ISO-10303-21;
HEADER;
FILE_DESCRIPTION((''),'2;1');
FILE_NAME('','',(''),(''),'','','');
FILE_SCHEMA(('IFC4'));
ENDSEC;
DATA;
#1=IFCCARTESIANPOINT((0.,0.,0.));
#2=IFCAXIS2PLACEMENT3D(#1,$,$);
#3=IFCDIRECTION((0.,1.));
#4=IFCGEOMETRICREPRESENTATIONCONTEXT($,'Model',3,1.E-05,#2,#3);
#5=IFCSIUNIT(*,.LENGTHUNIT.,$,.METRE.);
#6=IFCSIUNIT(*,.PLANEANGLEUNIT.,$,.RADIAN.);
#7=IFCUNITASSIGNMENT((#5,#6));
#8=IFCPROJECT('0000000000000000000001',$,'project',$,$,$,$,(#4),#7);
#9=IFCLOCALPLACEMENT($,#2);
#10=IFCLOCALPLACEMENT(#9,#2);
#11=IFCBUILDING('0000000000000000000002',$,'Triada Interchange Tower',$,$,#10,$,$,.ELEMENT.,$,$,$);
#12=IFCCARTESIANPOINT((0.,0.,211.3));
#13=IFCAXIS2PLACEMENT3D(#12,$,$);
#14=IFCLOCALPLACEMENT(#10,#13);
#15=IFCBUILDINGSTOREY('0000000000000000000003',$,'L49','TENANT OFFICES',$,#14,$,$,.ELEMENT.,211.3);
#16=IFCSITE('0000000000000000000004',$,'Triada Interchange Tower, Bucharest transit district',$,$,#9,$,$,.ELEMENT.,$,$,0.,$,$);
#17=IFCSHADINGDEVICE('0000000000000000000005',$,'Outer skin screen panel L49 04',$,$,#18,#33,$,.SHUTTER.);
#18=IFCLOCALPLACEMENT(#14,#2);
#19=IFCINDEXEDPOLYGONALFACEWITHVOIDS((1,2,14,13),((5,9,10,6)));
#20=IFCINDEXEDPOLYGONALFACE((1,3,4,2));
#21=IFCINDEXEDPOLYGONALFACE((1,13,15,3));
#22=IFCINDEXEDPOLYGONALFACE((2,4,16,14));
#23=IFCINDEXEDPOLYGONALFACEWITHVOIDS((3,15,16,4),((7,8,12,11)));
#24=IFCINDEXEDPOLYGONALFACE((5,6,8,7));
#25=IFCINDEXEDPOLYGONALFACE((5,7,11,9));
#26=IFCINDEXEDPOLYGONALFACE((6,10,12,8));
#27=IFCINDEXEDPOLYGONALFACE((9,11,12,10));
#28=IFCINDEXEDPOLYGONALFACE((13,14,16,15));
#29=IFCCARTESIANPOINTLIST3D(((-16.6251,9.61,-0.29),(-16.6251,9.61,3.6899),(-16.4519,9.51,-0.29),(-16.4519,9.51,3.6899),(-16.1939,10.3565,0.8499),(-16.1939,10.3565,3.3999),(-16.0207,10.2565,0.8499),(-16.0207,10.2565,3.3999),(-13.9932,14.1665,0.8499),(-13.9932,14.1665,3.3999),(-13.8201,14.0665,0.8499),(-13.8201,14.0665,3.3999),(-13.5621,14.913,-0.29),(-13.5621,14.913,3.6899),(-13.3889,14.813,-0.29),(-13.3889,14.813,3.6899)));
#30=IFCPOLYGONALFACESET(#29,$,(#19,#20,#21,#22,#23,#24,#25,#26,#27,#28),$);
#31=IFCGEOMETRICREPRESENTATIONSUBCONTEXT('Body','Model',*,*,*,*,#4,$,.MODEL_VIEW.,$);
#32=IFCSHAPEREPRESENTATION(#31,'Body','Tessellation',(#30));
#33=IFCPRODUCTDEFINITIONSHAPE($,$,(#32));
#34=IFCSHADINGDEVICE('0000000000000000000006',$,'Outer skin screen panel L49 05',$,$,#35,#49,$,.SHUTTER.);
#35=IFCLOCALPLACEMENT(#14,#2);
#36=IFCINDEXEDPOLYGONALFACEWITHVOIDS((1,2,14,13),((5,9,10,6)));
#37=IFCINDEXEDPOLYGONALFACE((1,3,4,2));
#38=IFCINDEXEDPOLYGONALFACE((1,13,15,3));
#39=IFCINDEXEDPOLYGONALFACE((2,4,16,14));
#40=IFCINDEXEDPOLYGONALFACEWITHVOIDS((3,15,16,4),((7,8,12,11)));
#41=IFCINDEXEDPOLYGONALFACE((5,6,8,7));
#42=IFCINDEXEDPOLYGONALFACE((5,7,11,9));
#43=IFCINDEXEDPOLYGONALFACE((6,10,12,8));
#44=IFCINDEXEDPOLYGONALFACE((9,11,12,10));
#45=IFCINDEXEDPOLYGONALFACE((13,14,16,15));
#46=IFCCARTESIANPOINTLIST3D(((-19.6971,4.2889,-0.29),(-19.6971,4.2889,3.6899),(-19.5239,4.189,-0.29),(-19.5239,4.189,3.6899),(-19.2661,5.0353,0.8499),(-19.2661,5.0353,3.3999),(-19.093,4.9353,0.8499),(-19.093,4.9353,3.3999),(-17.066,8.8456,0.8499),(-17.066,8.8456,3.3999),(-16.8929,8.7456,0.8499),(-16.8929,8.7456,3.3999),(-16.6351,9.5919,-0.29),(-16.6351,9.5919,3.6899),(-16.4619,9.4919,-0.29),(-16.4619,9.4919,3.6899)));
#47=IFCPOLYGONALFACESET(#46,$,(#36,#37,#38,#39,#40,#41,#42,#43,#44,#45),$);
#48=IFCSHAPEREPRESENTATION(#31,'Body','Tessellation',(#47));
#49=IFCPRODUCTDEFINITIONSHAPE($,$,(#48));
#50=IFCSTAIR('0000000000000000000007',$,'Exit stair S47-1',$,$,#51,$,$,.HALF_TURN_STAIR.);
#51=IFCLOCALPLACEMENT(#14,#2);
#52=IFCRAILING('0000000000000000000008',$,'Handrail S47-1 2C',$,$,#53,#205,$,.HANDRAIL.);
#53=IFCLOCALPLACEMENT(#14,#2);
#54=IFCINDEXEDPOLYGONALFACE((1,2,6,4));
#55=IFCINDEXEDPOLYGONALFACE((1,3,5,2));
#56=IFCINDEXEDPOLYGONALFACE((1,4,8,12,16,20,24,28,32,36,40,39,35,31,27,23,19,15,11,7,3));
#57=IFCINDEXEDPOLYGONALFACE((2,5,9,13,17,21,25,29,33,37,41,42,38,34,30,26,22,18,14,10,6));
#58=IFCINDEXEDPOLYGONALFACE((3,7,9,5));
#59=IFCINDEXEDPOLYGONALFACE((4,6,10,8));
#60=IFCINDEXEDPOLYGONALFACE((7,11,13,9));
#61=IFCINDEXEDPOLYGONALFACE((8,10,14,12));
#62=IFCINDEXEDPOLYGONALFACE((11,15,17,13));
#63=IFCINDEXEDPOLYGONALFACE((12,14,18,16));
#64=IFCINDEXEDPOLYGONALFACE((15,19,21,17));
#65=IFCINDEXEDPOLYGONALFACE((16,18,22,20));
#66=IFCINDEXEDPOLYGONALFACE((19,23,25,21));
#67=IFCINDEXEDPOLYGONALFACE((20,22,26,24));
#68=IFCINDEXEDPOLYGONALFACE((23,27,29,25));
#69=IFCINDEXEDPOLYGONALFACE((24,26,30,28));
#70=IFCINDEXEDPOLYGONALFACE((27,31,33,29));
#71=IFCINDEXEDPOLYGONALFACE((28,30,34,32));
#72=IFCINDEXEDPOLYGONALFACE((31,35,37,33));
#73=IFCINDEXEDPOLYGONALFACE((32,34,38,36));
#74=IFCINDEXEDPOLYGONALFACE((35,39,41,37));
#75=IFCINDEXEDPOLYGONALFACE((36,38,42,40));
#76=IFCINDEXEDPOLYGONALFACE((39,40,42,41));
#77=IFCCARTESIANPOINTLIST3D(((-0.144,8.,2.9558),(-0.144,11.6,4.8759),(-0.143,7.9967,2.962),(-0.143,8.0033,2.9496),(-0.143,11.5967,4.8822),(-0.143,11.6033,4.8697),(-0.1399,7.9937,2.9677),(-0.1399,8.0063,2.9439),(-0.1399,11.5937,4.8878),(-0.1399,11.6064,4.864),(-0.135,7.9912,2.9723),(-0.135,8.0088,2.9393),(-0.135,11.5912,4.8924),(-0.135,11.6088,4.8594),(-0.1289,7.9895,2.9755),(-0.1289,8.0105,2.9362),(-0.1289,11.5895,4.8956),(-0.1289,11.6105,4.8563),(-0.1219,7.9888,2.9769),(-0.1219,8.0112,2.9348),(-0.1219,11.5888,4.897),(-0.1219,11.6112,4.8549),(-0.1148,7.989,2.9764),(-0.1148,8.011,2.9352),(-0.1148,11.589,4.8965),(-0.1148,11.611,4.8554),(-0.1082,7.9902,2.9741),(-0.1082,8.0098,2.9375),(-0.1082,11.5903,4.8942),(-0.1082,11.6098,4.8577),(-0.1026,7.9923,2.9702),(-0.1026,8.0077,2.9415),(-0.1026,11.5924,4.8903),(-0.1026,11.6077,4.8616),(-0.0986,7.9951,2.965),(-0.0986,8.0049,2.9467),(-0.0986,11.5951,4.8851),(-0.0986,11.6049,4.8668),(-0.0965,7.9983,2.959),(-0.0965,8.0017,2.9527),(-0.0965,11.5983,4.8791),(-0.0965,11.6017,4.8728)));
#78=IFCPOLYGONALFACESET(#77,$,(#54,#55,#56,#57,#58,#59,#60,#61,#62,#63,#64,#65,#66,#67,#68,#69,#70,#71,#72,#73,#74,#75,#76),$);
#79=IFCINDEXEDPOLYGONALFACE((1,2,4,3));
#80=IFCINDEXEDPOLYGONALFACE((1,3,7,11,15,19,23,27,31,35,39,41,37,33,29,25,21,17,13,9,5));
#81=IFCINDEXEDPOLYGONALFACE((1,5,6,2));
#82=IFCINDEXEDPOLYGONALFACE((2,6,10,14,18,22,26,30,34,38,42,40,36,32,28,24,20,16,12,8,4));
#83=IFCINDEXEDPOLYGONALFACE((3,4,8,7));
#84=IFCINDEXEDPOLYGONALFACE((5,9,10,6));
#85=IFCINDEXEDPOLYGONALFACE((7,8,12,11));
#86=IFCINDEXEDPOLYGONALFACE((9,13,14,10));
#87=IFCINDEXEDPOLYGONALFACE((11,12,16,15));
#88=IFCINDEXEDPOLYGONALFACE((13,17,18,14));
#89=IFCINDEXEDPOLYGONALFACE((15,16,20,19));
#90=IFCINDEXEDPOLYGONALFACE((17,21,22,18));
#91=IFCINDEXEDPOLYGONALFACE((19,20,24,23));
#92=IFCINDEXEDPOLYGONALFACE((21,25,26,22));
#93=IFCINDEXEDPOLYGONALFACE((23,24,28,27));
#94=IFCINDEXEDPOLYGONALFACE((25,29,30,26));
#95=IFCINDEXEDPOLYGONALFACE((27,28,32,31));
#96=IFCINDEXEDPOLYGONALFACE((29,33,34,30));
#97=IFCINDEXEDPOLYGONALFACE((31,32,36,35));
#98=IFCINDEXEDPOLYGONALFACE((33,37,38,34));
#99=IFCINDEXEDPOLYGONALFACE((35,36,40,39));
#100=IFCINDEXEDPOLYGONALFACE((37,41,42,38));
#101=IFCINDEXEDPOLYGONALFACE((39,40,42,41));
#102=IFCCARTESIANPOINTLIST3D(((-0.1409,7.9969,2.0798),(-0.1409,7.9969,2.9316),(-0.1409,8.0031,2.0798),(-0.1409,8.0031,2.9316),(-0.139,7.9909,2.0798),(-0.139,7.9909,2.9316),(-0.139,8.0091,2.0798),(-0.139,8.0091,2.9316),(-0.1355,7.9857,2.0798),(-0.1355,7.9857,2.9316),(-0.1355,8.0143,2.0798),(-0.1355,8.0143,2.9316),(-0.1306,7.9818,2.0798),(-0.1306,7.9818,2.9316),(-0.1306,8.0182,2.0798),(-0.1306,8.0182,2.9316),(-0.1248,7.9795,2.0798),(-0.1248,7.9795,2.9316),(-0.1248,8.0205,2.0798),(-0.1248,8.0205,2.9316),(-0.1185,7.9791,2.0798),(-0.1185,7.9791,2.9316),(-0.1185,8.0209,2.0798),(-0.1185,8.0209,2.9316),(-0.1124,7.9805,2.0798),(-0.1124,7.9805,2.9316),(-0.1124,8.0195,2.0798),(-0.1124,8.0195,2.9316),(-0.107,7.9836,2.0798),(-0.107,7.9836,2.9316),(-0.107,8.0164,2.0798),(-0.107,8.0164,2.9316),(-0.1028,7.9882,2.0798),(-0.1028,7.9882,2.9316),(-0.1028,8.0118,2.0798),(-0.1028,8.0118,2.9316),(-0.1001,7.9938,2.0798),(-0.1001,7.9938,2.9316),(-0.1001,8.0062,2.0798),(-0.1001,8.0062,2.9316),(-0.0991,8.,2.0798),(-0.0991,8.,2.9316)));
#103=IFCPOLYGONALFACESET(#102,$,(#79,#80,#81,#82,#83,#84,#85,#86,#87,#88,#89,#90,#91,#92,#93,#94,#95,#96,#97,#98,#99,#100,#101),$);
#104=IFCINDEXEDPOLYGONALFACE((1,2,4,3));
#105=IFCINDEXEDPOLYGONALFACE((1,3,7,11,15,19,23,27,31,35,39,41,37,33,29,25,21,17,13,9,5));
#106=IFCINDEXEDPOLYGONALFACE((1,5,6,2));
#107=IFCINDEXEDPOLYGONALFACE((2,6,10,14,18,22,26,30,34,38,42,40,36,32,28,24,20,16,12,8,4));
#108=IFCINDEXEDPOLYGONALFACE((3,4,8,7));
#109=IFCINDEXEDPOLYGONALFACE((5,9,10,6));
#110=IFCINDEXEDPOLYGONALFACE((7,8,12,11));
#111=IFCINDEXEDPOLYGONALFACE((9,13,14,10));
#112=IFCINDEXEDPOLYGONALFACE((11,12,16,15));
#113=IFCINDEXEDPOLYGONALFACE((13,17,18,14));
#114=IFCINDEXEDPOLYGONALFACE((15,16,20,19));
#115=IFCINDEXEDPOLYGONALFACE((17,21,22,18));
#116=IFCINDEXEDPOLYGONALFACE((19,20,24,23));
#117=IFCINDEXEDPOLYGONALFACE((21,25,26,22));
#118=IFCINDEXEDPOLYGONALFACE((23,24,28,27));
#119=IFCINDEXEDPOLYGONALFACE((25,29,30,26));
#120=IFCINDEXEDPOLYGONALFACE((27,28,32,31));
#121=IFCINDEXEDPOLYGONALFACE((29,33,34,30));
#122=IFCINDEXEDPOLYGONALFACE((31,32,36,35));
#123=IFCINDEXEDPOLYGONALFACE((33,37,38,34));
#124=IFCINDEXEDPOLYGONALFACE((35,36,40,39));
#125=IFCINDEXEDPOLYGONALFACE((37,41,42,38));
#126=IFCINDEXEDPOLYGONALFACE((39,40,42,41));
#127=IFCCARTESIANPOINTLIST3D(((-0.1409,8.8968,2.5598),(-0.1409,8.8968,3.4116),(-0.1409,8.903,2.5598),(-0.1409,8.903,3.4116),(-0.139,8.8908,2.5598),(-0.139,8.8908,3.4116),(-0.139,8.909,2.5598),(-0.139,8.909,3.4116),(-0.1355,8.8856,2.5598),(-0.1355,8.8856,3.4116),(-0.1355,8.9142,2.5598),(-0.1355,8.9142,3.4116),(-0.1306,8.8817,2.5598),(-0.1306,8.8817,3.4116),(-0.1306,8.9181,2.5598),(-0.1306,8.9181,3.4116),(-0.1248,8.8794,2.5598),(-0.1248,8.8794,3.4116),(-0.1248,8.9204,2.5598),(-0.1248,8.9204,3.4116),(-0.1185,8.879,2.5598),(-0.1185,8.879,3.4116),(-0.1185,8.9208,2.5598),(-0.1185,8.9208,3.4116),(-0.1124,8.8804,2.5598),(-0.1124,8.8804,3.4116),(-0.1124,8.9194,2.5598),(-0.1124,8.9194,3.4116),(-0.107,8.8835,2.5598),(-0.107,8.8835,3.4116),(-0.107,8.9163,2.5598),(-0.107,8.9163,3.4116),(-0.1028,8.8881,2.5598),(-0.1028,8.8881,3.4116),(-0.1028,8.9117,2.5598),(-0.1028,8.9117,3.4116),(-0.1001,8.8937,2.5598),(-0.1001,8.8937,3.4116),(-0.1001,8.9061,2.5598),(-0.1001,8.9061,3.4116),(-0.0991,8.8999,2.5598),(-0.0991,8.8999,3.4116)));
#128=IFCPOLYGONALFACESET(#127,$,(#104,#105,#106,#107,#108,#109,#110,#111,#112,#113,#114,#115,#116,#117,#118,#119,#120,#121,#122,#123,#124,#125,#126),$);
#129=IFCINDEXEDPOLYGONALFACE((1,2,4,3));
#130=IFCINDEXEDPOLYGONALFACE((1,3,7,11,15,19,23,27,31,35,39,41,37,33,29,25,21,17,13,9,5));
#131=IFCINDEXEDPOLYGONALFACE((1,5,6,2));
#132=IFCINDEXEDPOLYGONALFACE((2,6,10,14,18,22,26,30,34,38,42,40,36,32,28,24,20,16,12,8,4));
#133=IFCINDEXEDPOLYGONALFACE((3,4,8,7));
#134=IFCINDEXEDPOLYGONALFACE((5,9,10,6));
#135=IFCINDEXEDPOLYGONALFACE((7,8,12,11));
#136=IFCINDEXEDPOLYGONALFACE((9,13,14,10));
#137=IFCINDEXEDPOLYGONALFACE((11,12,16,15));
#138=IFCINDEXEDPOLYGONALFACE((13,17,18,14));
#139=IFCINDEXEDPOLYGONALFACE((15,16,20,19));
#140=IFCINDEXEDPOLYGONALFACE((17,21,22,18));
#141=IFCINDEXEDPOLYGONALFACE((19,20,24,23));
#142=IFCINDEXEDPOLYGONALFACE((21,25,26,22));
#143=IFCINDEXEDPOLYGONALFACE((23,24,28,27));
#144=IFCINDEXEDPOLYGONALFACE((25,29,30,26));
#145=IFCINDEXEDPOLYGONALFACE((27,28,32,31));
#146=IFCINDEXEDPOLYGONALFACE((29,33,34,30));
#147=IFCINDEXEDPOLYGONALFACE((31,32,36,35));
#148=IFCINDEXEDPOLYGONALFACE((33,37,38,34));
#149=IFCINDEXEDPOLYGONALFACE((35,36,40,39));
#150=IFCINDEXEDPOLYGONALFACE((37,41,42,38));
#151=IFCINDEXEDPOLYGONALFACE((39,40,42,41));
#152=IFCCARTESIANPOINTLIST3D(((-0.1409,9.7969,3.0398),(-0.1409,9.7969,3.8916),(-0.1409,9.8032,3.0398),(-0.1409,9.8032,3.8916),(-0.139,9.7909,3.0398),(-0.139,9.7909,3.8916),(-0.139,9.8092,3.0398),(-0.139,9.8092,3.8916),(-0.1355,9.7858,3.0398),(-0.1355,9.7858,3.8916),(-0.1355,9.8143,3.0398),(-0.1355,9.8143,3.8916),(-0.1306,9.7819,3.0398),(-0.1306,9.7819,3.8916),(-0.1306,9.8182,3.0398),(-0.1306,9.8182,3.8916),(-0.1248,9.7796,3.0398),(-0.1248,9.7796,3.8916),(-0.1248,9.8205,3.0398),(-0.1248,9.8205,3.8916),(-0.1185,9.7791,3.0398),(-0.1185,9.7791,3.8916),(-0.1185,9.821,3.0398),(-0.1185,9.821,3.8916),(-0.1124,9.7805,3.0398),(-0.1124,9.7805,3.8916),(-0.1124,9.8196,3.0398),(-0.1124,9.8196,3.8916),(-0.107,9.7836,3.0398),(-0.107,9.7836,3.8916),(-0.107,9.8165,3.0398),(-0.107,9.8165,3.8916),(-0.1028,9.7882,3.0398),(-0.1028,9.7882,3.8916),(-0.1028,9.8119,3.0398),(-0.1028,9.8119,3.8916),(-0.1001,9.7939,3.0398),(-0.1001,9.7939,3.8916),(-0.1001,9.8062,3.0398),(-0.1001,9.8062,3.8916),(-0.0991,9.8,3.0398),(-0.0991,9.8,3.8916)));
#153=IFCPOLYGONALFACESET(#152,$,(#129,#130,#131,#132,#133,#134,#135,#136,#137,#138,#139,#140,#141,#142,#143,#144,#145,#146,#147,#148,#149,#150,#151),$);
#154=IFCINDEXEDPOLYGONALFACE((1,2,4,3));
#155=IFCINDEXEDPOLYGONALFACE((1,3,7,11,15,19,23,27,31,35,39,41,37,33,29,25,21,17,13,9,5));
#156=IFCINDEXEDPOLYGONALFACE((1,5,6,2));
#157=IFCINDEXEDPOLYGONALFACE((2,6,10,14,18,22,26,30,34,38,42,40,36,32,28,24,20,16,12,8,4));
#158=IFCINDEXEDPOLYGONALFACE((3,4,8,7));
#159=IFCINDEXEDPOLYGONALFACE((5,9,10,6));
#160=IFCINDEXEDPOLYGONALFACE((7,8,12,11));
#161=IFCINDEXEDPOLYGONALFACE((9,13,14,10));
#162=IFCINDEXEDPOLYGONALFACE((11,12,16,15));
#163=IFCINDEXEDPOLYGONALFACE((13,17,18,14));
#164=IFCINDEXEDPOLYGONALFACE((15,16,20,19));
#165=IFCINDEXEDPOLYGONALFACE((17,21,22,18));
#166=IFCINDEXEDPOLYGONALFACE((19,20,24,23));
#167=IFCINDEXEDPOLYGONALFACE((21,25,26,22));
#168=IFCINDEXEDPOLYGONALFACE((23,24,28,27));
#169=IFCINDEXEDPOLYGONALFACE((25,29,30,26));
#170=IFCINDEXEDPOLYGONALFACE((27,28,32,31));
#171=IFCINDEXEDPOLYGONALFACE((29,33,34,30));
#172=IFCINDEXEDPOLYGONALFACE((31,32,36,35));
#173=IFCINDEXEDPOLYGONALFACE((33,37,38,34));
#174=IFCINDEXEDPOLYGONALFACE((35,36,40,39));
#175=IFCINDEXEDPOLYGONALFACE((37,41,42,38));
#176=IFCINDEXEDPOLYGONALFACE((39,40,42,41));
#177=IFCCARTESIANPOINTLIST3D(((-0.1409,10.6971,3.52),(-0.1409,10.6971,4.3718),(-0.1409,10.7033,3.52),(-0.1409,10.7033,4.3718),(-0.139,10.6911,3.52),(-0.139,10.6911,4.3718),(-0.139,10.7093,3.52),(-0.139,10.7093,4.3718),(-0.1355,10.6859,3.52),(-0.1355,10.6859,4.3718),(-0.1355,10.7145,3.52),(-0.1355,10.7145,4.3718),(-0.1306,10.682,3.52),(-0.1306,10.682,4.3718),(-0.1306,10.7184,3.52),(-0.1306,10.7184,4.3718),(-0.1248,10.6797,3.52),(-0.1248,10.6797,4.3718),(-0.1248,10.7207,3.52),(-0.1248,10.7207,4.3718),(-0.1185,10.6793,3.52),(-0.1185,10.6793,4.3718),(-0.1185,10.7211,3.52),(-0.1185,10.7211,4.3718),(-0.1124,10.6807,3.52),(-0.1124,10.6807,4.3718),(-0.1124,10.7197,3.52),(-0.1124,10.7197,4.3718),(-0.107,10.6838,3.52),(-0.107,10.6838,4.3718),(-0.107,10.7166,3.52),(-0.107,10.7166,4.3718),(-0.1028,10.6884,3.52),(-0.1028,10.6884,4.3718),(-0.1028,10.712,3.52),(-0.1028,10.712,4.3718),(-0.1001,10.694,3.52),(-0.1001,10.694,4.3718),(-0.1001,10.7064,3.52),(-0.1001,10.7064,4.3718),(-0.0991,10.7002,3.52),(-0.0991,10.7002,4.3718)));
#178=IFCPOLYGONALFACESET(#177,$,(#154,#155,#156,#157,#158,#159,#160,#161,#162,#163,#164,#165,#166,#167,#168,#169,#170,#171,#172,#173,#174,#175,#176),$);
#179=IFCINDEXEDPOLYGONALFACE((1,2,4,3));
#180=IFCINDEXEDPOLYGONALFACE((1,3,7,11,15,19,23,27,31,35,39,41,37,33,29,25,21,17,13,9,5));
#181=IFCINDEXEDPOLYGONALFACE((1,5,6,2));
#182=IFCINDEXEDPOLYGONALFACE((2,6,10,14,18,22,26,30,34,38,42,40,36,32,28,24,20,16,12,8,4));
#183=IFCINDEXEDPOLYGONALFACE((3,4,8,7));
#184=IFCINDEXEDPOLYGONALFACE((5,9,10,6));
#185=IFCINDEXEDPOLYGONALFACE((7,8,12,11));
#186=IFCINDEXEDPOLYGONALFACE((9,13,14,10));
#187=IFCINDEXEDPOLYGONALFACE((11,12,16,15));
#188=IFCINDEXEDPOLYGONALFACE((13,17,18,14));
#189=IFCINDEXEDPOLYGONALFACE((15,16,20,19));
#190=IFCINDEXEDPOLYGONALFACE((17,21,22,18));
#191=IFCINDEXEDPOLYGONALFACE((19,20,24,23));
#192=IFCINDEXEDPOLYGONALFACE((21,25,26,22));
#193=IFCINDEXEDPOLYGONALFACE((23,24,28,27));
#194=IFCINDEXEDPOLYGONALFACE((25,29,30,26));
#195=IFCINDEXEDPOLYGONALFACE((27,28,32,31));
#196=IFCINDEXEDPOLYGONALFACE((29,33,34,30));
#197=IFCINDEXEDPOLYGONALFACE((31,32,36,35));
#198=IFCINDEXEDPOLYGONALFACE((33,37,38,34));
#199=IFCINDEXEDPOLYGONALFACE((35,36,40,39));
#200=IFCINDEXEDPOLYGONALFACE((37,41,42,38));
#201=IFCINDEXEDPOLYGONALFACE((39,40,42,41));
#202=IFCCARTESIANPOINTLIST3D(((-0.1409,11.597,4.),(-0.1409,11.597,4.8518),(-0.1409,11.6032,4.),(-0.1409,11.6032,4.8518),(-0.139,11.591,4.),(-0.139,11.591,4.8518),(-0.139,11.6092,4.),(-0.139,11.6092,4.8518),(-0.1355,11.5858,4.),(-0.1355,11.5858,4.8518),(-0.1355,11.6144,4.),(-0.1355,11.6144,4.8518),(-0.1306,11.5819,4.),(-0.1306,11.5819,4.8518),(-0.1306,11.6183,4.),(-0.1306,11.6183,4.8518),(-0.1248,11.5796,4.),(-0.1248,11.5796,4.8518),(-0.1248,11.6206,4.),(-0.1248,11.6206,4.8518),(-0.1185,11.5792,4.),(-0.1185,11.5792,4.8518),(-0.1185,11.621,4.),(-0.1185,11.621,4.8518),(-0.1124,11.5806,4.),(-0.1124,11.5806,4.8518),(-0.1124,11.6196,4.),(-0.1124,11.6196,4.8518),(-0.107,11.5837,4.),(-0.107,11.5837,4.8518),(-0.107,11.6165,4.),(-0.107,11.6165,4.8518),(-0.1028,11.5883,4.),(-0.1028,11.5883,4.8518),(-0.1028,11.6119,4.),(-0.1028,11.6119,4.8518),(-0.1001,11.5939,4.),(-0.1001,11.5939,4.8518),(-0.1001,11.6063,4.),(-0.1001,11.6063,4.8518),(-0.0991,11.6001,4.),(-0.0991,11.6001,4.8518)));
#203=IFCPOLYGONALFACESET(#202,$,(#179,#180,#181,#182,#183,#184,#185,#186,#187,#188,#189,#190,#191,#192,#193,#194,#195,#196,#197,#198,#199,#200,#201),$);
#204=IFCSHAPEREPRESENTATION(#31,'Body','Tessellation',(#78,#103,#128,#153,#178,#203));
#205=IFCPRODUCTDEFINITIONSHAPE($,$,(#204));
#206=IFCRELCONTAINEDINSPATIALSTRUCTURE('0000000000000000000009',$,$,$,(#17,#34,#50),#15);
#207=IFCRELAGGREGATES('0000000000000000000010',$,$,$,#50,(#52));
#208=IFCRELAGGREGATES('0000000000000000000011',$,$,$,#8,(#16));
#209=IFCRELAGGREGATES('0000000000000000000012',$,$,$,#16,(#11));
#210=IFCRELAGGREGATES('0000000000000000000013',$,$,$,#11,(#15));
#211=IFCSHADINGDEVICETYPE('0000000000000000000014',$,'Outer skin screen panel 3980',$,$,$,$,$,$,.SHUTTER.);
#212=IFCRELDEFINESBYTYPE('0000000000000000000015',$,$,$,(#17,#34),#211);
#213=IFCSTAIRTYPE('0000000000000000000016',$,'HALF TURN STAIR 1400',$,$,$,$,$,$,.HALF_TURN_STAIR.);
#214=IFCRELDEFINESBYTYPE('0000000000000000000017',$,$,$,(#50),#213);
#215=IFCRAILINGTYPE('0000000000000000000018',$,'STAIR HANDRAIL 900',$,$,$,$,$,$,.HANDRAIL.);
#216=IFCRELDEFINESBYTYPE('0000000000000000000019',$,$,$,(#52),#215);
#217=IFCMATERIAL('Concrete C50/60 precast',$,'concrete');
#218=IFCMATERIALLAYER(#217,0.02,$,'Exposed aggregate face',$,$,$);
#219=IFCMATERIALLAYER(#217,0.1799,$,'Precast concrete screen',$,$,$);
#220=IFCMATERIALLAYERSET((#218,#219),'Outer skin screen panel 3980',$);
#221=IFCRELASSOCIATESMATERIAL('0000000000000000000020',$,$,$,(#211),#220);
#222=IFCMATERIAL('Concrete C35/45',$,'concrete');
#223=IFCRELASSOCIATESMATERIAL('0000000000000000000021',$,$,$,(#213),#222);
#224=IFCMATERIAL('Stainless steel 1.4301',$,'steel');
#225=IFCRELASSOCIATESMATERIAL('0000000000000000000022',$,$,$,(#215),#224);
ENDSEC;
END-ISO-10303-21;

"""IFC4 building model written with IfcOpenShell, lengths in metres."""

from ifc_helpers import new_model, si_unit, direction, frame, origin, origin_2d, place, context, subcontext, project, spatial, polyline, circle, outline, extrude, material, layer, layer_set, type_object, element, aggregate, save


model = new_model("IFC4")

# Units and contexts
model_context = context("Model", 3, precision=1e-05, world=origin(), true_north=direction((0.0, 1.0)))
body_context = subcontext(model_context, "Body", "Model", "MODEL_VIEW")
ifc_project = project(units=[si_unit("LENGTHUNIT", "METRE"), si_unit("PLANEANGLEUNIT", "RADIAN")], contexts=[model_context])

# Site, building, storey
site_placement = place(None, origin())
site = spatial("IfcSite", under=ifc_project, at=site_placement, Name="Triada Interchange Tower, Bucharest transit district", CompositionType="ELEMENT", RefElevation=0.0)
building_placement = place(site_placement, origin())
building = spatial("IfcBuilding", under=site, at=building_placement, Name="Triada Interchange Tower", CompositionType="ELEMENT")
storey_placement = place(building_placement, frame((0.0, 0.0, 211.3)))
storey = spatial("IfcBuildingStorey", under=building, at=storey_placement, Name="L49", Description="TENANT OFFICES", CompositionType="ELEMENT", Elevation=211.3)

# Shading devices
ifc_material_1 = material(Name="Concrete C50/60 precast", Category="concrete")
ifc_layer_1 = layer(ifc_material_1, 0.02, Name="Exposed aggregate face")
ifc_layer_2 = layer(ifc_material_1, 0.1799, Name="Precast concrete screen")
ifc_layer_set_1 = layer_set([ifc_layer_1, ifc_layer_2], Name="Outer skin screen panel 3980")
shading_device_type = type_object("IfcShadingDeviceType", Name="Outer skin screen panel 3980", PredefinedType="SHUTTER", material=ifc_layer_set_1)
shading_device_1_placement = place(storey_placement, frame((-13.3889, 14.813, -0.29), z_axis=(0.0, 0.0, 1.0), x_axis=(-0.500161, -0.865933, 0.0)))
element("IfcShadingDevice", 1, at=shading_device_1_placement, inside=storey, type_object=shading_device_type, Name="Outer skin screen panel L49 04", PredefinedType="SHUTTER", context=body_context, shape_type="SweptSolid", body=[
    extrude(outline(polyline([(0.0, 0.0), (6.124, 0.0), (6.124, 3.98), (0.0, 3.98), (0.0, 0.0)]), holes=[polyline([(0.8621, 1.1399), (0.8621, 3.6899), (5.262, 3.6899), (5.262, 1.1399), (0.8621, 1.1399)])]), frame((0.0, 0.0, 0.0), z_axis=(0.0, -1.0, 0.0), x_axis=(1.0, 0.0, 0.0)), (0.0, 0.0, 1.0), 0.2),
])
shading_device_2_placement = place(storey_placement, frame((-16.4619, 9.4919, -0.29), z_axis=(0.0, 0.0, 1.0), x_axis=(-0.500041, -0.866002, 0.0)))
element("IfcShadingDevice", 2, at=shading_device_2_placement, inside=storey, type_object=shading_device_type, Name="Outer skin screen panel L49 05", PredefinedType="SHUTTER", context=body_context, shape_type="SweptSolid", body=[
    extrude(outline(polyline([(0.0, 0.0), (6.1235, 0.0), (6.1235, 3.98), (0.0, 3.98), (0.0, 0.0)]), holes=[polyline([(0.8618, 1.1399), (0.8618, 3.6899), (5.2617, 3.6899), (5.2617, 1.1399), (0.8618, 1.1399)])]), frame((0.0, 0.0, 0.0), z_axis=(0.0, -1.0, 0.0), x_axis=(1.0, 0.0, 0.0)), (0.0, 0.0, 1.0), 0.2),
])

# Stair, railing
ifc_material_2 = material(Name="Concrete C35/45", Category="concrete")
stair_type = type_object("IfcStairType", Name="HALF TURN STAIR 1400", PredefinedType="HALF_TURN_STAIR", material=ifc_material_2)
stair_placement = place(storey_placement, origin())
stair = element("IfcStair", 3, at=stair_placement, inside=storey, type_object=stair_type, Name="Exit stair S47-1", PredefinedType="HALF_TURN_STAIR")
ifc_material_3 = material(Name="Stainless steel 1.4301", Category="steel")
railing_type = type_object("IfcRailingType", Name="STAIR HANDRAIL 900", PredefinedType="HANDRAIL", material=ifc_material_3)
railing_placement = place(storey_placement, frame((-0.1201, 8.0, 2.0798)))
railing = element("IfcRailing", 4, at=railing_placement, type_object=railing_type, Name="Handrail S47-1 2C", PredefinedType="HANDRAIL", context=body_context, shape_type="SweptSolid", body=[
    extrude(circle(Radius=0.0239, at=origin_2d()), frame((0.0, 0.0, 0.876), z_axis=(0.0, 0.882341, 0.47061), x_axis=(-1.0, 0.0, 0.0)), (0.0, 0.0, 1.0), 4.0801),
    extrude(circle(Radius=0.021, at=origin_2d()), origin(), (0.0, 0.0, 1.0), 0.8518),
    extrude(circle(Radius=0.021, at=origin_2d()), frame((0.0, 0.8999, 0.48)), (0.0, 0.0, 1.0), 0.8518),
    extrude(circle(Radius=0.021, at=origin_2d()), frame((0.0, 1.8, 0.96)), (0.0, 0.0, 1.0), 0.8518),
    extrude(circle(Radius=0.021, at=origin_2d()), frame((0.0, 2.7002, 1.4402)), (0.0, 0.0, 1.0), 0.8518),
    extrude(circle(Radius=0.021, at=origin_2d()), frame((0.0, 3.6001, 1.9202)), (0.0, 0.0, 1.0), 0.8518),
])
aggregate(stair, [railing])

save(model, "model.ifc")
